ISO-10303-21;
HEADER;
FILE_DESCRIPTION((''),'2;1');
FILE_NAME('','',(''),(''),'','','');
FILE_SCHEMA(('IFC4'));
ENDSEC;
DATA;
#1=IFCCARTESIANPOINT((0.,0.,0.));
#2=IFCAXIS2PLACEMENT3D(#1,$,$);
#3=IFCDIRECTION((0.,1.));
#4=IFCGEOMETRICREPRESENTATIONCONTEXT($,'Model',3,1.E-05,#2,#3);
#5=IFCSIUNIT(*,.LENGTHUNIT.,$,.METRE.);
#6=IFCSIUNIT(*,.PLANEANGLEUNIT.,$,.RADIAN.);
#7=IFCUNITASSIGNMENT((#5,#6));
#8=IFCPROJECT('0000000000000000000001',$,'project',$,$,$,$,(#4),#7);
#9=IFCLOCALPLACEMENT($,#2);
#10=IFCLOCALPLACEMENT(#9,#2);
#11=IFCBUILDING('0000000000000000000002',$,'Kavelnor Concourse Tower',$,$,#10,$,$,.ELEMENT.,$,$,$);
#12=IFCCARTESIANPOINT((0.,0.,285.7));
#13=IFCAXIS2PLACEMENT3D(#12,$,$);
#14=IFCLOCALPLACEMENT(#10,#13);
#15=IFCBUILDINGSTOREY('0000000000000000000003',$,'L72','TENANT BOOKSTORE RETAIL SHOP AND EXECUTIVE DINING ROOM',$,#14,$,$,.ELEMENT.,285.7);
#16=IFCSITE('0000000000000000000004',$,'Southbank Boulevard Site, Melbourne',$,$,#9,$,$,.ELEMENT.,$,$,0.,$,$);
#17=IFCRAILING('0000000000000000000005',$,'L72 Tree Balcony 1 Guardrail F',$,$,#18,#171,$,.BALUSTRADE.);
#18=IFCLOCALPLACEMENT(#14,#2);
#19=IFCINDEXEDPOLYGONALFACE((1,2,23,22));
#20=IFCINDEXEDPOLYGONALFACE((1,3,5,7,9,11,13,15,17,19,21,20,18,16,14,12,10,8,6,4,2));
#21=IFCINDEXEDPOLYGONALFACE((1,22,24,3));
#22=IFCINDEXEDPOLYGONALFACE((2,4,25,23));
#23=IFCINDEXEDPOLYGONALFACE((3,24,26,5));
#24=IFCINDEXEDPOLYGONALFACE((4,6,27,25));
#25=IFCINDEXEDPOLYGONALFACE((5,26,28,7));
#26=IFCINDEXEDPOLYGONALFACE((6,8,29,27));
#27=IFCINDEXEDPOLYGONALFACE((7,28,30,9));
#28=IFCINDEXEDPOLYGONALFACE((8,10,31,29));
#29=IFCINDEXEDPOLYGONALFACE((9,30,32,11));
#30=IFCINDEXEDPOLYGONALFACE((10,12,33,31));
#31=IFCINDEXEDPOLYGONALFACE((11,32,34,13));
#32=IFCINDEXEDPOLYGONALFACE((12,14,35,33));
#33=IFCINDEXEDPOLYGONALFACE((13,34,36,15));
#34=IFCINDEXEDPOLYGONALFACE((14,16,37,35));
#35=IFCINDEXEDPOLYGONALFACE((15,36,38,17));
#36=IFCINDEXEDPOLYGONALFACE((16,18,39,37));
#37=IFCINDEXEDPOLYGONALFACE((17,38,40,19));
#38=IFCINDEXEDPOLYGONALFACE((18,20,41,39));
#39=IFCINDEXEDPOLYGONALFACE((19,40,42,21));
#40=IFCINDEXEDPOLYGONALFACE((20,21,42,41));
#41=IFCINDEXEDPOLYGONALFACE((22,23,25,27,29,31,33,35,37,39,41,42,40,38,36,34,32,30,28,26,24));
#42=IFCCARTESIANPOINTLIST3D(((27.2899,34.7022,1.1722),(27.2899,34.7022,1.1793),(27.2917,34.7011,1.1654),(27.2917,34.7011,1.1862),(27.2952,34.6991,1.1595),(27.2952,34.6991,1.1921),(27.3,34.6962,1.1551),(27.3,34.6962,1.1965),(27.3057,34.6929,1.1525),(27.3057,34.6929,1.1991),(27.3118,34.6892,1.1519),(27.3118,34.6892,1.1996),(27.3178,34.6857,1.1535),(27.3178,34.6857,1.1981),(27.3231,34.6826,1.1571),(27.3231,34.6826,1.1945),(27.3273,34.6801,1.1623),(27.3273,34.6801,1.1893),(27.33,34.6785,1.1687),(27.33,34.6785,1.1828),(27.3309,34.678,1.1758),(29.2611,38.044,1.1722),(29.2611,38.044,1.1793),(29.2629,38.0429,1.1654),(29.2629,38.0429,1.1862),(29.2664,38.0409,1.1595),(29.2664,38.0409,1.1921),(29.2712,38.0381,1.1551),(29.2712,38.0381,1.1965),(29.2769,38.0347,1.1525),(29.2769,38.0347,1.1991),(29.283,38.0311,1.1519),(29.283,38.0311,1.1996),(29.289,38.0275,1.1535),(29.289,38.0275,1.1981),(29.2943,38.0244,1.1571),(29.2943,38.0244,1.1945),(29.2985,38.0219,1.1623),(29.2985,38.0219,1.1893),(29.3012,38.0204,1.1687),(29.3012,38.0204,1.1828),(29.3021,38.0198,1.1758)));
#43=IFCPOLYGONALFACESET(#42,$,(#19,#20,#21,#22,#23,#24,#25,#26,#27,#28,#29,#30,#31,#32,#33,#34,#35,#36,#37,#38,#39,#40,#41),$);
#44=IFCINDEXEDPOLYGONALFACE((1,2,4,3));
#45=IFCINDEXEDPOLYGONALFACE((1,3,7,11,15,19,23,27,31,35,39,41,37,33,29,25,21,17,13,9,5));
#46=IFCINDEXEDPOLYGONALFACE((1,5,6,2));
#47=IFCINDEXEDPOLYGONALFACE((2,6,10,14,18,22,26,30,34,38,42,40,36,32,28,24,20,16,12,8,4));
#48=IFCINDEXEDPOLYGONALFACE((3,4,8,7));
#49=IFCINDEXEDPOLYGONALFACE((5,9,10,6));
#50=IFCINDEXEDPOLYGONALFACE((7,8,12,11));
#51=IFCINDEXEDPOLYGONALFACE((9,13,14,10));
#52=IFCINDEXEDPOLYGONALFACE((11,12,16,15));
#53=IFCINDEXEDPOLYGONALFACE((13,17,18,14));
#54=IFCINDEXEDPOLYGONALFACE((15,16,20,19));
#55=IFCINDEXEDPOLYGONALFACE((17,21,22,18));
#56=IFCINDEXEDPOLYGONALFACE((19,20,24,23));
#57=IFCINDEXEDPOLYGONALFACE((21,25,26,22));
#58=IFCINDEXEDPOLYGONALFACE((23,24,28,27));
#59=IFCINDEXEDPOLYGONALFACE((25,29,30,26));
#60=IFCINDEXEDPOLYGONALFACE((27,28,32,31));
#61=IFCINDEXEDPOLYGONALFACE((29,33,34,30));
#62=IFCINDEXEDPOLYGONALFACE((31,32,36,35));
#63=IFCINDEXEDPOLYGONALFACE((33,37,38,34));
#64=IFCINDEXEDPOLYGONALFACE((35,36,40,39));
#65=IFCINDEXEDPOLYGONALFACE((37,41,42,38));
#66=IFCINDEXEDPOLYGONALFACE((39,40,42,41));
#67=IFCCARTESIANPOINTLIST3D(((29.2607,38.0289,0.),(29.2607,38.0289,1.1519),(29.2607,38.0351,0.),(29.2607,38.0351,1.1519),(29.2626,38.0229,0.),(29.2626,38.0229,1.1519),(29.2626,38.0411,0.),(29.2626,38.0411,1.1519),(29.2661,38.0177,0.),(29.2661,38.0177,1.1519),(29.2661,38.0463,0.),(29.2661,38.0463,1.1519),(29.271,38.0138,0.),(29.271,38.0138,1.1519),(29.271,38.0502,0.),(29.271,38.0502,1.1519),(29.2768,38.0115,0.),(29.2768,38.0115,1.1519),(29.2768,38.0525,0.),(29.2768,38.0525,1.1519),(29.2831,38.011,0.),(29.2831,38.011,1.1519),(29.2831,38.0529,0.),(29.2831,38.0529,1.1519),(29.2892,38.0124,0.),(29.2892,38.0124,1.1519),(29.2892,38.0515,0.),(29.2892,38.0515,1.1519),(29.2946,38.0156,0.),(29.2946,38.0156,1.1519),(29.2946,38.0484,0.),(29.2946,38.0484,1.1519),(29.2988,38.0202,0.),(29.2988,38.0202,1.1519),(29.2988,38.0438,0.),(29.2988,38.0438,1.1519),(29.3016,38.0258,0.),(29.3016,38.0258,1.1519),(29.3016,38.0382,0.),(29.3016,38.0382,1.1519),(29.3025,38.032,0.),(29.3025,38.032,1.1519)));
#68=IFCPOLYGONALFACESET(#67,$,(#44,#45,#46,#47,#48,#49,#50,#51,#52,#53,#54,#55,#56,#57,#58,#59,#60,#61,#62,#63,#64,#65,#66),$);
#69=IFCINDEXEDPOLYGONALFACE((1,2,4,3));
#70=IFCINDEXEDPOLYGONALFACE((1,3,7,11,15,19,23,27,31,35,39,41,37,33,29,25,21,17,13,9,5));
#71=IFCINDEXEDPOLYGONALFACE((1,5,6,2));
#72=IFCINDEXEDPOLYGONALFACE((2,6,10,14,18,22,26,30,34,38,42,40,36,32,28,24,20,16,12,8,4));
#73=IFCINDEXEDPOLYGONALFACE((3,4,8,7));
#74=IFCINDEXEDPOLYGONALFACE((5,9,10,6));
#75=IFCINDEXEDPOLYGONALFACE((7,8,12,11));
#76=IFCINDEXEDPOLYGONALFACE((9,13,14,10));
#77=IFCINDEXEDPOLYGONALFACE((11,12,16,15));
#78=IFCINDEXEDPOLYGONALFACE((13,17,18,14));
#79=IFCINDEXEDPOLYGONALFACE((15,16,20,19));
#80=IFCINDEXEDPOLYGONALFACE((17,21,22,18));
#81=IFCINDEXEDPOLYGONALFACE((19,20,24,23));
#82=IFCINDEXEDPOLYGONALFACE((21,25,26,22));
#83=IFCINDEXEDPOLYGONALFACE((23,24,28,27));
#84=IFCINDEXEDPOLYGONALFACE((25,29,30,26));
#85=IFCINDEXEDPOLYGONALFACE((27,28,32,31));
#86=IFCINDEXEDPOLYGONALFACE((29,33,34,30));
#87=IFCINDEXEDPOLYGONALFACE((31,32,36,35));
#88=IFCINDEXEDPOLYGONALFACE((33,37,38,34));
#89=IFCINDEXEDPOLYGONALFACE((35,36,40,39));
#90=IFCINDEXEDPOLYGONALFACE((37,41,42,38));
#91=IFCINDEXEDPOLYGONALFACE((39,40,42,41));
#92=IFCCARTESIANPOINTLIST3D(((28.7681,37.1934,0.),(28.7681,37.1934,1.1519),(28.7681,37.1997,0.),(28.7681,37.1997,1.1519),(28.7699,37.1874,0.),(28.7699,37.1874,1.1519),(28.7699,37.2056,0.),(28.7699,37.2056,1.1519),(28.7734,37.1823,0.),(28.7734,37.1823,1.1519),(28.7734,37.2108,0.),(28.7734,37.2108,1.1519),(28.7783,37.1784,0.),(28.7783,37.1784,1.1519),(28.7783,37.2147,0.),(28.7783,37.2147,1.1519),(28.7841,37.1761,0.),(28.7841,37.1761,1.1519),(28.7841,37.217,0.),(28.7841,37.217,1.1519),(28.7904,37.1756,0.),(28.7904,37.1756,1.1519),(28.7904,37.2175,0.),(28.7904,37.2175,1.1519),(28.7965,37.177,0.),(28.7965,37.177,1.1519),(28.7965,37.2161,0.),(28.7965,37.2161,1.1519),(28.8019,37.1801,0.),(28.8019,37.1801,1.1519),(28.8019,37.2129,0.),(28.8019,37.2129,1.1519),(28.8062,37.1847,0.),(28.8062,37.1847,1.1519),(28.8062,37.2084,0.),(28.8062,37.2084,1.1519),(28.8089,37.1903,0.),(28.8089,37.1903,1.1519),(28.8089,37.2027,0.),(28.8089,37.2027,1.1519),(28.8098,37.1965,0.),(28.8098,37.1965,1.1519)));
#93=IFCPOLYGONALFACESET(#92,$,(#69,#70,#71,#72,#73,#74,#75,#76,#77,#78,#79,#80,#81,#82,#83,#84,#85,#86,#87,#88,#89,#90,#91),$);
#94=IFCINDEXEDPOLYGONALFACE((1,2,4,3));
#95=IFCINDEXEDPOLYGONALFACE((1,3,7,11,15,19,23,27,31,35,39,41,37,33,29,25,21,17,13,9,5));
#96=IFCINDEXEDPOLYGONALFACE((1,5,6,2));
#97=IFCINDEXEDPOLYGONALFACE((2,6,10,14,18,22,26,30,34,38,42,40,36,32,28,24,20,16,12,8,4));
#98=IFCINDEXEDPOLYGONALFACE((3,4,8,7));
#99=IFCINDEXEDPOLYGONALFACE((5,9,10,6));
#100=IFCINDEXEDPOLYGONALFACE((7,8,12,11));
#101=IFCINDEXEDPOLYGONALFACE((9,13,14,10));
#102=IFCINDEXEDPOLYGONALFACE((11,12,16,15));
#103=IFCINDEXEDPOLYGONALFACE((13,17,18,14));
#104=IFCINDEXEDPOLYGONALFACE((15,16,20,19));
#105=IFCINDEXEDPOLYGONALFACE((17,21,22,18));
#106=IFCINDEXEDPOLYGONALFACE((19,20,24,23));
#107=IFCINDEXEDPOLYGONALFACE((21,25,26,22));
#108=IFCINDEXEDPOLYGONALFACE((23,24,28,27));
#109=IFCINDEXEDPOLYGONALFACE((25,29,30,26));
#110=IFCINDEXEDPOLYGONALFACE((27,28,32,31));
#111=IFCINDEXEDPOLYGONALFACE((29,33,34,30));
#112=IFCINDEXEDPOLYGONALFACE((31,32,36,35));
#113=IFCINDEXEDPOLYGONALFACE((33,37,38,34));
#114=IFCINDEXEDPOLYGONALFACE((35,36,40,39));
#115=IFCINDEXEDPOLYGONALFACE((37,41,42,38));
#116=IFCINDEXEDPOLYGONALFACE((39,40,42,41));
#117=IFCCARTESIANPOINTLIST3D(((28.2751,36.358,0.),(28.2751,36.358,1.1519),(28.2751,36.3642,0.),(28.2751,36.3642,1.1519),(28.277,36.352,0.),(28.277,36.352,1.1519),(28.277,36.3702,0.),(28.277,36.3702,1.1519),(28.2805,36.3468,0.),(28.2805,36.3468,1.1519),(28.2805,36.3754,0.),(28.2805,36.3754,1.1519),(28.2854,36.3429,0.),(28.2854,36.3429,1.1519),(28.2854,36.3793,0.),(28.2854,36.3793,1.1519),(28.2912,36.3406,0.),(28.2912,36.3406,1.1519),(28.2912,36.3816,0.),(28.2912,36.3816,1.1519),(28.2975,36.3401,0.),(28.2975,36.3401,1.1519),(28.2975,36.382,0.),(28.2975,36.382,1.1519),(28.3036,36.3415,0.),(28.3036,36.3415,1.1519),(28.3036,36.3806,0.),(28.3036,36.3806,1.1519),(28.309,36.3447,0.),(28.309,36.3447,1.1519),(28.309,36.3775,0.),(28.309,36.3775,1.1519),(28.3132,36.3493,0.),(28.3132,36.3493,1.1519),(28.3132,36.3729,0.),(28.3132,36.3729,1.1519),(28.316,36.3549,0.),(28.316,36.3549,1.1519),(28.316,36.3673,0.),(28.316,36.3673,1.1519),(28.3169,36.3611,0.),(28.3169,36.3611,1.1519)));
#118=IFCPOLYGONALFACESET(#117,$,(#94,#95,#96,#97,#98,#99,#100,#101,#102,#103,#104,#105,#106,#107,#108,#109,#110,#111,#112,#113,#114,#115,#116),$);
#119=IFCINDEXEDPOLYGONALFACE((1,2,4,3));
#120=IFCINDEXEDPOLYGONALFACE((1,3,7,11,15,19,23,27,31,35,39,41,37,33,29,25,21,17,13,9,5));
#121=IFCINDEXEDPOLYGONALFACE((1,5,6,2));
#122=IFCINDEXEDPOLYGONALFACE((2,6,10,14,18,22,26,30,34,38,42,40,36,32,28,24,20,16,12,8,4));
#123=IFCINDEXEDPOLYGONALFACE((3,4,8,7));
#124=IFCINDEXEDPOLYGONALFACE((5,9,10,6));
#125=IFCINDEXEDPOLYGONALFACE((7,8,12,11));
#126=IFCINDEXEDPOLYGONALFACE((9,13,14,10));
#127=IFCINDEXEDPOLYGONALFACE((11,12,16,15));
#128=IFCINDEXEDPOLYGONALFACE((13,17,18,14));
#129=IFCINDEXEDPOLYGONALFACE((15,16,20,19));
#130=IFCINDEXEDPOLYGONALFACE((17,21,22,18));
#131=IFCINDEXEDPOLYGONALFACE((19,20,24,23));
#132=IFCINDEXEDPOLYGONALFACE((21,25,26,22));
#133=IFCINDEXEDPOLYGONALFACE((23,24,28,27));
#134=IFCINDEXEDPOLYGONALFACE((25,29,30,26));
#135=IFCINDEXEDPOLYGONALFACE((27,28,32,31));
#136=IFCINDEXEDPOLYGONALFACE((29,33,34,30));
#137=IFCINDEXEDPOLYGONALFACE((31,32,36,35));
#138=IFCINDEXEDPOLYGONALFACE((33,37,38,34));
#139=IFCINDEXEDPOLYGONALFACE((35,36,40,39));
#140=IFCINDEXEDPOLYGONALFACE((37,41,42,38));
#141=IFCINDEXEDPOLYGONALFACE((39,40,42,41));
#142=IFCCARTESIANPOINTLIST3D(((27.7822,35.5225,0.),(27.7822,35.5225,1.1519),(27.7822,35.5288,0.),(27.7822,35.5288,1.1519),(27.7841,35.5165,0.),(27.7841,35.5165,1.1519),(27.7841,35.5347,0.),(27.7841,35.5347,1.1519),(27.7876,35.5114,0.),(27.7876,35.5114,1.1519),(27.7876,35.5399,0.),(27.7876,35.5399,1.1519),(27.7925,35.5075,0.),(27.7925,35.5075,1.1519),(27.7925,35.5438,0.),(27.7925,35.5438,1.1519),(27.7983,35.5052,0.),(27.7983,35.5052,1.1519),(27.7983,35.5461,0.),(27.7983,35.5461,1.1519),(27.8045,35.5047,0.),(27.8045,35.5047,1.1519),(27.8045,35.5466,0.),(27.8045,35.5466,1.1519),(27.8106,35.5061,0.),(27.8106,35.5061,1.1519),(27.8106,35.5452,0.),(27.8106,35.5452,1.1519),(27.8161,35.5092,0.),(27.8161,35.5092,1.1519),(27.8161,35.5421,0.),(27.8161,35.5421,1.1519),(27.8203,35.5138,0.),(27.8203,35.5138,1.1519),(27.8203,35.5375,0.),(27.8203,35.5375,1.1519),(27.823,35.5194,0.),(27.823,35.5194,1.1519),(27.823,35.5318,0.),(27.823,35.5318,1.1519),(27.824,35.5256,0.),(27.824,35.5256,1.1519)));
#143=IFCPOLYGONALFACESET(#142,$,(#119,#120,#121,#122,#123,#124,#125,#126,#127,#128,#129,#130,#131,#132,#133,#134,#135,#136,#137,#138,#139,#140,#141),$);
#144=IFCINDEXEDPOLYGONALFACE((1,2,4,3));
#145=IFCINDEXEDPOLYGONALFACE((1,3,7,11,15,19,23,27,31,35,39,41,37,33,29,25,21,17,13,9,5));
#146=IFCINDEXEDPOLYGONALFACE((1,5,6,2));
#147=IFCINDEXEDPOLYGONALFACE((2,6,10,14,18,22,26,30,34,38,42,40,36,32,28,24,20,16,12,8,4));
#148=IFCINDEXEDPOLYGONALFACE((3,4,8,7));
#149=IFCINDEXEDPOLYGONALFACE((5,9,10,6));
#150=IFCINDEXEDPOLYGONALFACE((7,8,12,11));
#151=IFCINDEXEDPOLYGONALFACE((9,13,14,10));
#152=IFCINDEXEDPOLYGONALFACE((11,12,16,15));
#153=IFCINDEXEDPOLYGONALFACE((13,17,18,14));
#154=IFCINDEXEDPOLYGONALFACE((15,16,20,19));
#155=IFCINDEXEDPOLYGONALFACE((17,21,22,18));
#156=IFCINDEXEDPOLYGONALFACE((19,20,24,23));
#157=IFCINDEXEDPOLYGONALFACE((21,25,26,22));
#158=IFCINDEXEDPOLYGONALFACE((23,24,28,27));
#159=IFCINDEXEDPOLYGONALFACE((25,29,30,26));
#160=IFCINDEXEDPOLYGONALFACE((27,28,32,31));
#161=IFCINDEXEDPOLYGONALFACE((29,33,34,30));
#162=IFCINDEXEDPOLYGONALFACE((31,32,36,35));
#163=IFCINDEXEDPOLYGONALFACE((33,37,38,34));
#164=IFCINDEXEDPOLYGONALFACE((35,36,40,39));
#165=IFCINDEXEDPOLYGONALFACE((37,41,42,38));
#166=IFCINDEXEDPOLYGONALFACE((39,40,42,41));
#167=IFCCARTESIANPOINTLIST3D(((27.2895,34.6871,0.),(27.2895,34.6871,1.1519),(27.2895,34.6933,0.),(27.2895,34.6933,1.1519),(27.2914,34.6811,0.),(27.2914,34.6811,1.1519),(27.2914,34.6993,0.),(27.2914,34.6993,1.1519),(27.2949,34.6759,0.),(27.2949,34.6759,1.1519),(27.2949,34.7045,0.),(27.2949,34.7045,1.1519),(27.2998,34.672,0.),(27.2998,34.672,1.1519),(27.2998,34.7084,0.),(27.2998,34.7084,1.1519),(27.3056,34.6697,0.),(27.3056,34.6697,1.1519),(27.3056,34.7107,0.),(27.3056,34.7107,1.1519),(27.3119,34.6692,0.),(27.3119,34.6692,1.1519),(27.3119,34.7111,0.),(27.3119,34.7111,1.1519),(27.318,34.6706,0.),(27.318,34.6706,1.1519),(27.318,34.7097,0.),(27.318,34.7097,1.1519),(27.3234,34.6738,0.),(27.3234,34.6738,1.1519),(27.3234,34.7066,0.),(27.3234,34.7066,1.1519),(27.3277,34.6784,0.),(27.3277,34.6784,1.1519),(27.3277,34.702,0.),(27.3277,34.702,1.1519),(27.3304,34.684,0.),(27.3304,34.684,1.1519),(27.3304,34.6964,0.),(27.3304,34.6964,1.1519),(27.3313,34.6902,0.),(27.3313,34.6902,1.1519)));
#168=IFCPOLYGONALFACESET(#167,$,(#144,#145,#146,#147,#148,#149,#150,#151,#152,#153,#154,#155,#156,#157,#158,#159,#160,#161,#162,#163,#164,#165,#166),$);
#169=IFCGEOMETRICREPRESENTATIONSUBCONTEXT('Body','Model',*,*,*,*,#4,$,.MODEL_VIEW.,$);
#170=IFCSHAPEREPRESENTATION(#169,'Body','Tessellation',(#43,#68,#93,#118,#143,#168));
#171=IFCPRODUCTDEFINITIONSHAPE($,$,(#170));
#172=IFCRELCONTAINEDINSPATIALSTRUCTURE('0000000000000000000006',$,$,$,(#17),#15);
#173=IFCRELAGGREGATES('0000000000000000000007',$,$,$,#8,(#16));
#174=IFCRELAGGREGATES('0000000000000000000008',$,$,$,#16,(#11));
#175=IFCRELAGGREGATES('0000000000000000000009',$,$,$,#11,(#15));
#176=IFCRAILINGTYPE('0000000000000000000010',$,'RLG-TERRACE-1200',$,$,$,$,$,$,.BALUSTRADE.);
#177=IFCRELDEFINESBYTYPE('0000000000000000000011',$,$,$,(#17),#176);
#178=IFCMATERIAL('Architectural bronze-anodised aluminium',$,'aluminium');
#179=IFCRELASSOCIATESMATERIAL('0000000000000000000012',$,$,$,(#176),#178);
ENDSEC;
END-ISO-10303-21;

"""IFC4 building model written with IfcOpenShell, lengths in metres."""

from ifc_helpers import new_model, si_unit, direction, frame, origin, origin_2d, place, context, subcontext, project, spatial, circle, extrude, material, type_object, element, save


model = new_model("IFC4")

# Units and contexts
model_context = context("Model", 3, precision=1e-05, world=origin(), true_north=direction((0.0, 1.0)))
body_context = subcontext(model_context, "Body", "Model", "MODEL_VIEW")
ifc_project = project(units=[si_unit("LENGTHUNIT", "METRE"), si_unit("PLANEANGLEUNIT", "RADIAN")], contexts=[model_context])

# Site, building, storey
site_placement = place(None, origin())
site = spatial("IfcSite", under=ifc_project, at=site_placement, Name="Southbank Boulevard Site, Melbourne", CompositionType="ELEMENT", RefElevation=0.0)
building_placement = place(site_placement, origin())
building = spatial("IfcBuilding", under=site, at=building_placement, Name="Kavelnor Concourse Tower", CompositionType="ELEMENT")
storey_placement = place(building_placement, frame((0.0, 0.0, 285.7)))
storey = spatial("IfcBuildingStorey", under=building, at=storey_placement, Name="L72", Description="TENANT BOOKSTORE RETAIL SHOP AND EXECUTIVE DINING ROOM", CompositionType="ELEMENT", Elevation=285.7)

# Railing
ifc_material_1 = material(Name="Architectural bronze-anodised aluminium", Category="aluminium")
railing_type = type_object("IfcRailingType", Name="RLG-TERRACE-1200", PredefinedType="BALUSTRADE", material=ifc_material_1)
railing_1_placement = place(storey_placement, frame((29.2815, 38.032, 0.0)))
element("IfcRailing", 1, at=railing_1_placement, inside=storey, type_object=railing_type, Name="L72 Tree Balcony 1 Guardrail F", PredefinedType="BALUSTRADE", context=body_context, shape_type="SweptSolid", body=[
    extrude(circle(Radius=0.0239, at=origin_2d()), frame((0.0, 0.0, 1.1758), z_axis=(-0.508059, -0.861322, 0.0), x_axis=(0.861322, -0.508059, 0.0)), (0.0, 0.0, 1.0), 3.8799),
    extrude(circle(Radius=0.021, at=origin_2d()), origin(), (0.0, 0.0, 1.0), 1.1519),
    extrude(circle(Radius=0.021, at=origin_2d()), frame((-0.4927, -0.8354, 0.0)), (0.0, 0.0, 1.0), 1.1519),
    extrude(circle(Radius=0.021, at=origin_2d()), frame((-0.9856, -1.6709, 0.0)), (0.0, 0.0, 1.0), 1.1519),
    extrude(circle(Radius=0.021, at=origin_2d()), frame((-1.4785, -2.5063, 0.0)), (0.0, 0.0, 1.0), 1.1519),
    extrude(circle(Radius=0.021, at=origin_2d()), frame((-1.9712, -3.3418, 0.0)), (0.0, 0.0, 1.0), 1.1519),
])

save(model, "model.ifc")
